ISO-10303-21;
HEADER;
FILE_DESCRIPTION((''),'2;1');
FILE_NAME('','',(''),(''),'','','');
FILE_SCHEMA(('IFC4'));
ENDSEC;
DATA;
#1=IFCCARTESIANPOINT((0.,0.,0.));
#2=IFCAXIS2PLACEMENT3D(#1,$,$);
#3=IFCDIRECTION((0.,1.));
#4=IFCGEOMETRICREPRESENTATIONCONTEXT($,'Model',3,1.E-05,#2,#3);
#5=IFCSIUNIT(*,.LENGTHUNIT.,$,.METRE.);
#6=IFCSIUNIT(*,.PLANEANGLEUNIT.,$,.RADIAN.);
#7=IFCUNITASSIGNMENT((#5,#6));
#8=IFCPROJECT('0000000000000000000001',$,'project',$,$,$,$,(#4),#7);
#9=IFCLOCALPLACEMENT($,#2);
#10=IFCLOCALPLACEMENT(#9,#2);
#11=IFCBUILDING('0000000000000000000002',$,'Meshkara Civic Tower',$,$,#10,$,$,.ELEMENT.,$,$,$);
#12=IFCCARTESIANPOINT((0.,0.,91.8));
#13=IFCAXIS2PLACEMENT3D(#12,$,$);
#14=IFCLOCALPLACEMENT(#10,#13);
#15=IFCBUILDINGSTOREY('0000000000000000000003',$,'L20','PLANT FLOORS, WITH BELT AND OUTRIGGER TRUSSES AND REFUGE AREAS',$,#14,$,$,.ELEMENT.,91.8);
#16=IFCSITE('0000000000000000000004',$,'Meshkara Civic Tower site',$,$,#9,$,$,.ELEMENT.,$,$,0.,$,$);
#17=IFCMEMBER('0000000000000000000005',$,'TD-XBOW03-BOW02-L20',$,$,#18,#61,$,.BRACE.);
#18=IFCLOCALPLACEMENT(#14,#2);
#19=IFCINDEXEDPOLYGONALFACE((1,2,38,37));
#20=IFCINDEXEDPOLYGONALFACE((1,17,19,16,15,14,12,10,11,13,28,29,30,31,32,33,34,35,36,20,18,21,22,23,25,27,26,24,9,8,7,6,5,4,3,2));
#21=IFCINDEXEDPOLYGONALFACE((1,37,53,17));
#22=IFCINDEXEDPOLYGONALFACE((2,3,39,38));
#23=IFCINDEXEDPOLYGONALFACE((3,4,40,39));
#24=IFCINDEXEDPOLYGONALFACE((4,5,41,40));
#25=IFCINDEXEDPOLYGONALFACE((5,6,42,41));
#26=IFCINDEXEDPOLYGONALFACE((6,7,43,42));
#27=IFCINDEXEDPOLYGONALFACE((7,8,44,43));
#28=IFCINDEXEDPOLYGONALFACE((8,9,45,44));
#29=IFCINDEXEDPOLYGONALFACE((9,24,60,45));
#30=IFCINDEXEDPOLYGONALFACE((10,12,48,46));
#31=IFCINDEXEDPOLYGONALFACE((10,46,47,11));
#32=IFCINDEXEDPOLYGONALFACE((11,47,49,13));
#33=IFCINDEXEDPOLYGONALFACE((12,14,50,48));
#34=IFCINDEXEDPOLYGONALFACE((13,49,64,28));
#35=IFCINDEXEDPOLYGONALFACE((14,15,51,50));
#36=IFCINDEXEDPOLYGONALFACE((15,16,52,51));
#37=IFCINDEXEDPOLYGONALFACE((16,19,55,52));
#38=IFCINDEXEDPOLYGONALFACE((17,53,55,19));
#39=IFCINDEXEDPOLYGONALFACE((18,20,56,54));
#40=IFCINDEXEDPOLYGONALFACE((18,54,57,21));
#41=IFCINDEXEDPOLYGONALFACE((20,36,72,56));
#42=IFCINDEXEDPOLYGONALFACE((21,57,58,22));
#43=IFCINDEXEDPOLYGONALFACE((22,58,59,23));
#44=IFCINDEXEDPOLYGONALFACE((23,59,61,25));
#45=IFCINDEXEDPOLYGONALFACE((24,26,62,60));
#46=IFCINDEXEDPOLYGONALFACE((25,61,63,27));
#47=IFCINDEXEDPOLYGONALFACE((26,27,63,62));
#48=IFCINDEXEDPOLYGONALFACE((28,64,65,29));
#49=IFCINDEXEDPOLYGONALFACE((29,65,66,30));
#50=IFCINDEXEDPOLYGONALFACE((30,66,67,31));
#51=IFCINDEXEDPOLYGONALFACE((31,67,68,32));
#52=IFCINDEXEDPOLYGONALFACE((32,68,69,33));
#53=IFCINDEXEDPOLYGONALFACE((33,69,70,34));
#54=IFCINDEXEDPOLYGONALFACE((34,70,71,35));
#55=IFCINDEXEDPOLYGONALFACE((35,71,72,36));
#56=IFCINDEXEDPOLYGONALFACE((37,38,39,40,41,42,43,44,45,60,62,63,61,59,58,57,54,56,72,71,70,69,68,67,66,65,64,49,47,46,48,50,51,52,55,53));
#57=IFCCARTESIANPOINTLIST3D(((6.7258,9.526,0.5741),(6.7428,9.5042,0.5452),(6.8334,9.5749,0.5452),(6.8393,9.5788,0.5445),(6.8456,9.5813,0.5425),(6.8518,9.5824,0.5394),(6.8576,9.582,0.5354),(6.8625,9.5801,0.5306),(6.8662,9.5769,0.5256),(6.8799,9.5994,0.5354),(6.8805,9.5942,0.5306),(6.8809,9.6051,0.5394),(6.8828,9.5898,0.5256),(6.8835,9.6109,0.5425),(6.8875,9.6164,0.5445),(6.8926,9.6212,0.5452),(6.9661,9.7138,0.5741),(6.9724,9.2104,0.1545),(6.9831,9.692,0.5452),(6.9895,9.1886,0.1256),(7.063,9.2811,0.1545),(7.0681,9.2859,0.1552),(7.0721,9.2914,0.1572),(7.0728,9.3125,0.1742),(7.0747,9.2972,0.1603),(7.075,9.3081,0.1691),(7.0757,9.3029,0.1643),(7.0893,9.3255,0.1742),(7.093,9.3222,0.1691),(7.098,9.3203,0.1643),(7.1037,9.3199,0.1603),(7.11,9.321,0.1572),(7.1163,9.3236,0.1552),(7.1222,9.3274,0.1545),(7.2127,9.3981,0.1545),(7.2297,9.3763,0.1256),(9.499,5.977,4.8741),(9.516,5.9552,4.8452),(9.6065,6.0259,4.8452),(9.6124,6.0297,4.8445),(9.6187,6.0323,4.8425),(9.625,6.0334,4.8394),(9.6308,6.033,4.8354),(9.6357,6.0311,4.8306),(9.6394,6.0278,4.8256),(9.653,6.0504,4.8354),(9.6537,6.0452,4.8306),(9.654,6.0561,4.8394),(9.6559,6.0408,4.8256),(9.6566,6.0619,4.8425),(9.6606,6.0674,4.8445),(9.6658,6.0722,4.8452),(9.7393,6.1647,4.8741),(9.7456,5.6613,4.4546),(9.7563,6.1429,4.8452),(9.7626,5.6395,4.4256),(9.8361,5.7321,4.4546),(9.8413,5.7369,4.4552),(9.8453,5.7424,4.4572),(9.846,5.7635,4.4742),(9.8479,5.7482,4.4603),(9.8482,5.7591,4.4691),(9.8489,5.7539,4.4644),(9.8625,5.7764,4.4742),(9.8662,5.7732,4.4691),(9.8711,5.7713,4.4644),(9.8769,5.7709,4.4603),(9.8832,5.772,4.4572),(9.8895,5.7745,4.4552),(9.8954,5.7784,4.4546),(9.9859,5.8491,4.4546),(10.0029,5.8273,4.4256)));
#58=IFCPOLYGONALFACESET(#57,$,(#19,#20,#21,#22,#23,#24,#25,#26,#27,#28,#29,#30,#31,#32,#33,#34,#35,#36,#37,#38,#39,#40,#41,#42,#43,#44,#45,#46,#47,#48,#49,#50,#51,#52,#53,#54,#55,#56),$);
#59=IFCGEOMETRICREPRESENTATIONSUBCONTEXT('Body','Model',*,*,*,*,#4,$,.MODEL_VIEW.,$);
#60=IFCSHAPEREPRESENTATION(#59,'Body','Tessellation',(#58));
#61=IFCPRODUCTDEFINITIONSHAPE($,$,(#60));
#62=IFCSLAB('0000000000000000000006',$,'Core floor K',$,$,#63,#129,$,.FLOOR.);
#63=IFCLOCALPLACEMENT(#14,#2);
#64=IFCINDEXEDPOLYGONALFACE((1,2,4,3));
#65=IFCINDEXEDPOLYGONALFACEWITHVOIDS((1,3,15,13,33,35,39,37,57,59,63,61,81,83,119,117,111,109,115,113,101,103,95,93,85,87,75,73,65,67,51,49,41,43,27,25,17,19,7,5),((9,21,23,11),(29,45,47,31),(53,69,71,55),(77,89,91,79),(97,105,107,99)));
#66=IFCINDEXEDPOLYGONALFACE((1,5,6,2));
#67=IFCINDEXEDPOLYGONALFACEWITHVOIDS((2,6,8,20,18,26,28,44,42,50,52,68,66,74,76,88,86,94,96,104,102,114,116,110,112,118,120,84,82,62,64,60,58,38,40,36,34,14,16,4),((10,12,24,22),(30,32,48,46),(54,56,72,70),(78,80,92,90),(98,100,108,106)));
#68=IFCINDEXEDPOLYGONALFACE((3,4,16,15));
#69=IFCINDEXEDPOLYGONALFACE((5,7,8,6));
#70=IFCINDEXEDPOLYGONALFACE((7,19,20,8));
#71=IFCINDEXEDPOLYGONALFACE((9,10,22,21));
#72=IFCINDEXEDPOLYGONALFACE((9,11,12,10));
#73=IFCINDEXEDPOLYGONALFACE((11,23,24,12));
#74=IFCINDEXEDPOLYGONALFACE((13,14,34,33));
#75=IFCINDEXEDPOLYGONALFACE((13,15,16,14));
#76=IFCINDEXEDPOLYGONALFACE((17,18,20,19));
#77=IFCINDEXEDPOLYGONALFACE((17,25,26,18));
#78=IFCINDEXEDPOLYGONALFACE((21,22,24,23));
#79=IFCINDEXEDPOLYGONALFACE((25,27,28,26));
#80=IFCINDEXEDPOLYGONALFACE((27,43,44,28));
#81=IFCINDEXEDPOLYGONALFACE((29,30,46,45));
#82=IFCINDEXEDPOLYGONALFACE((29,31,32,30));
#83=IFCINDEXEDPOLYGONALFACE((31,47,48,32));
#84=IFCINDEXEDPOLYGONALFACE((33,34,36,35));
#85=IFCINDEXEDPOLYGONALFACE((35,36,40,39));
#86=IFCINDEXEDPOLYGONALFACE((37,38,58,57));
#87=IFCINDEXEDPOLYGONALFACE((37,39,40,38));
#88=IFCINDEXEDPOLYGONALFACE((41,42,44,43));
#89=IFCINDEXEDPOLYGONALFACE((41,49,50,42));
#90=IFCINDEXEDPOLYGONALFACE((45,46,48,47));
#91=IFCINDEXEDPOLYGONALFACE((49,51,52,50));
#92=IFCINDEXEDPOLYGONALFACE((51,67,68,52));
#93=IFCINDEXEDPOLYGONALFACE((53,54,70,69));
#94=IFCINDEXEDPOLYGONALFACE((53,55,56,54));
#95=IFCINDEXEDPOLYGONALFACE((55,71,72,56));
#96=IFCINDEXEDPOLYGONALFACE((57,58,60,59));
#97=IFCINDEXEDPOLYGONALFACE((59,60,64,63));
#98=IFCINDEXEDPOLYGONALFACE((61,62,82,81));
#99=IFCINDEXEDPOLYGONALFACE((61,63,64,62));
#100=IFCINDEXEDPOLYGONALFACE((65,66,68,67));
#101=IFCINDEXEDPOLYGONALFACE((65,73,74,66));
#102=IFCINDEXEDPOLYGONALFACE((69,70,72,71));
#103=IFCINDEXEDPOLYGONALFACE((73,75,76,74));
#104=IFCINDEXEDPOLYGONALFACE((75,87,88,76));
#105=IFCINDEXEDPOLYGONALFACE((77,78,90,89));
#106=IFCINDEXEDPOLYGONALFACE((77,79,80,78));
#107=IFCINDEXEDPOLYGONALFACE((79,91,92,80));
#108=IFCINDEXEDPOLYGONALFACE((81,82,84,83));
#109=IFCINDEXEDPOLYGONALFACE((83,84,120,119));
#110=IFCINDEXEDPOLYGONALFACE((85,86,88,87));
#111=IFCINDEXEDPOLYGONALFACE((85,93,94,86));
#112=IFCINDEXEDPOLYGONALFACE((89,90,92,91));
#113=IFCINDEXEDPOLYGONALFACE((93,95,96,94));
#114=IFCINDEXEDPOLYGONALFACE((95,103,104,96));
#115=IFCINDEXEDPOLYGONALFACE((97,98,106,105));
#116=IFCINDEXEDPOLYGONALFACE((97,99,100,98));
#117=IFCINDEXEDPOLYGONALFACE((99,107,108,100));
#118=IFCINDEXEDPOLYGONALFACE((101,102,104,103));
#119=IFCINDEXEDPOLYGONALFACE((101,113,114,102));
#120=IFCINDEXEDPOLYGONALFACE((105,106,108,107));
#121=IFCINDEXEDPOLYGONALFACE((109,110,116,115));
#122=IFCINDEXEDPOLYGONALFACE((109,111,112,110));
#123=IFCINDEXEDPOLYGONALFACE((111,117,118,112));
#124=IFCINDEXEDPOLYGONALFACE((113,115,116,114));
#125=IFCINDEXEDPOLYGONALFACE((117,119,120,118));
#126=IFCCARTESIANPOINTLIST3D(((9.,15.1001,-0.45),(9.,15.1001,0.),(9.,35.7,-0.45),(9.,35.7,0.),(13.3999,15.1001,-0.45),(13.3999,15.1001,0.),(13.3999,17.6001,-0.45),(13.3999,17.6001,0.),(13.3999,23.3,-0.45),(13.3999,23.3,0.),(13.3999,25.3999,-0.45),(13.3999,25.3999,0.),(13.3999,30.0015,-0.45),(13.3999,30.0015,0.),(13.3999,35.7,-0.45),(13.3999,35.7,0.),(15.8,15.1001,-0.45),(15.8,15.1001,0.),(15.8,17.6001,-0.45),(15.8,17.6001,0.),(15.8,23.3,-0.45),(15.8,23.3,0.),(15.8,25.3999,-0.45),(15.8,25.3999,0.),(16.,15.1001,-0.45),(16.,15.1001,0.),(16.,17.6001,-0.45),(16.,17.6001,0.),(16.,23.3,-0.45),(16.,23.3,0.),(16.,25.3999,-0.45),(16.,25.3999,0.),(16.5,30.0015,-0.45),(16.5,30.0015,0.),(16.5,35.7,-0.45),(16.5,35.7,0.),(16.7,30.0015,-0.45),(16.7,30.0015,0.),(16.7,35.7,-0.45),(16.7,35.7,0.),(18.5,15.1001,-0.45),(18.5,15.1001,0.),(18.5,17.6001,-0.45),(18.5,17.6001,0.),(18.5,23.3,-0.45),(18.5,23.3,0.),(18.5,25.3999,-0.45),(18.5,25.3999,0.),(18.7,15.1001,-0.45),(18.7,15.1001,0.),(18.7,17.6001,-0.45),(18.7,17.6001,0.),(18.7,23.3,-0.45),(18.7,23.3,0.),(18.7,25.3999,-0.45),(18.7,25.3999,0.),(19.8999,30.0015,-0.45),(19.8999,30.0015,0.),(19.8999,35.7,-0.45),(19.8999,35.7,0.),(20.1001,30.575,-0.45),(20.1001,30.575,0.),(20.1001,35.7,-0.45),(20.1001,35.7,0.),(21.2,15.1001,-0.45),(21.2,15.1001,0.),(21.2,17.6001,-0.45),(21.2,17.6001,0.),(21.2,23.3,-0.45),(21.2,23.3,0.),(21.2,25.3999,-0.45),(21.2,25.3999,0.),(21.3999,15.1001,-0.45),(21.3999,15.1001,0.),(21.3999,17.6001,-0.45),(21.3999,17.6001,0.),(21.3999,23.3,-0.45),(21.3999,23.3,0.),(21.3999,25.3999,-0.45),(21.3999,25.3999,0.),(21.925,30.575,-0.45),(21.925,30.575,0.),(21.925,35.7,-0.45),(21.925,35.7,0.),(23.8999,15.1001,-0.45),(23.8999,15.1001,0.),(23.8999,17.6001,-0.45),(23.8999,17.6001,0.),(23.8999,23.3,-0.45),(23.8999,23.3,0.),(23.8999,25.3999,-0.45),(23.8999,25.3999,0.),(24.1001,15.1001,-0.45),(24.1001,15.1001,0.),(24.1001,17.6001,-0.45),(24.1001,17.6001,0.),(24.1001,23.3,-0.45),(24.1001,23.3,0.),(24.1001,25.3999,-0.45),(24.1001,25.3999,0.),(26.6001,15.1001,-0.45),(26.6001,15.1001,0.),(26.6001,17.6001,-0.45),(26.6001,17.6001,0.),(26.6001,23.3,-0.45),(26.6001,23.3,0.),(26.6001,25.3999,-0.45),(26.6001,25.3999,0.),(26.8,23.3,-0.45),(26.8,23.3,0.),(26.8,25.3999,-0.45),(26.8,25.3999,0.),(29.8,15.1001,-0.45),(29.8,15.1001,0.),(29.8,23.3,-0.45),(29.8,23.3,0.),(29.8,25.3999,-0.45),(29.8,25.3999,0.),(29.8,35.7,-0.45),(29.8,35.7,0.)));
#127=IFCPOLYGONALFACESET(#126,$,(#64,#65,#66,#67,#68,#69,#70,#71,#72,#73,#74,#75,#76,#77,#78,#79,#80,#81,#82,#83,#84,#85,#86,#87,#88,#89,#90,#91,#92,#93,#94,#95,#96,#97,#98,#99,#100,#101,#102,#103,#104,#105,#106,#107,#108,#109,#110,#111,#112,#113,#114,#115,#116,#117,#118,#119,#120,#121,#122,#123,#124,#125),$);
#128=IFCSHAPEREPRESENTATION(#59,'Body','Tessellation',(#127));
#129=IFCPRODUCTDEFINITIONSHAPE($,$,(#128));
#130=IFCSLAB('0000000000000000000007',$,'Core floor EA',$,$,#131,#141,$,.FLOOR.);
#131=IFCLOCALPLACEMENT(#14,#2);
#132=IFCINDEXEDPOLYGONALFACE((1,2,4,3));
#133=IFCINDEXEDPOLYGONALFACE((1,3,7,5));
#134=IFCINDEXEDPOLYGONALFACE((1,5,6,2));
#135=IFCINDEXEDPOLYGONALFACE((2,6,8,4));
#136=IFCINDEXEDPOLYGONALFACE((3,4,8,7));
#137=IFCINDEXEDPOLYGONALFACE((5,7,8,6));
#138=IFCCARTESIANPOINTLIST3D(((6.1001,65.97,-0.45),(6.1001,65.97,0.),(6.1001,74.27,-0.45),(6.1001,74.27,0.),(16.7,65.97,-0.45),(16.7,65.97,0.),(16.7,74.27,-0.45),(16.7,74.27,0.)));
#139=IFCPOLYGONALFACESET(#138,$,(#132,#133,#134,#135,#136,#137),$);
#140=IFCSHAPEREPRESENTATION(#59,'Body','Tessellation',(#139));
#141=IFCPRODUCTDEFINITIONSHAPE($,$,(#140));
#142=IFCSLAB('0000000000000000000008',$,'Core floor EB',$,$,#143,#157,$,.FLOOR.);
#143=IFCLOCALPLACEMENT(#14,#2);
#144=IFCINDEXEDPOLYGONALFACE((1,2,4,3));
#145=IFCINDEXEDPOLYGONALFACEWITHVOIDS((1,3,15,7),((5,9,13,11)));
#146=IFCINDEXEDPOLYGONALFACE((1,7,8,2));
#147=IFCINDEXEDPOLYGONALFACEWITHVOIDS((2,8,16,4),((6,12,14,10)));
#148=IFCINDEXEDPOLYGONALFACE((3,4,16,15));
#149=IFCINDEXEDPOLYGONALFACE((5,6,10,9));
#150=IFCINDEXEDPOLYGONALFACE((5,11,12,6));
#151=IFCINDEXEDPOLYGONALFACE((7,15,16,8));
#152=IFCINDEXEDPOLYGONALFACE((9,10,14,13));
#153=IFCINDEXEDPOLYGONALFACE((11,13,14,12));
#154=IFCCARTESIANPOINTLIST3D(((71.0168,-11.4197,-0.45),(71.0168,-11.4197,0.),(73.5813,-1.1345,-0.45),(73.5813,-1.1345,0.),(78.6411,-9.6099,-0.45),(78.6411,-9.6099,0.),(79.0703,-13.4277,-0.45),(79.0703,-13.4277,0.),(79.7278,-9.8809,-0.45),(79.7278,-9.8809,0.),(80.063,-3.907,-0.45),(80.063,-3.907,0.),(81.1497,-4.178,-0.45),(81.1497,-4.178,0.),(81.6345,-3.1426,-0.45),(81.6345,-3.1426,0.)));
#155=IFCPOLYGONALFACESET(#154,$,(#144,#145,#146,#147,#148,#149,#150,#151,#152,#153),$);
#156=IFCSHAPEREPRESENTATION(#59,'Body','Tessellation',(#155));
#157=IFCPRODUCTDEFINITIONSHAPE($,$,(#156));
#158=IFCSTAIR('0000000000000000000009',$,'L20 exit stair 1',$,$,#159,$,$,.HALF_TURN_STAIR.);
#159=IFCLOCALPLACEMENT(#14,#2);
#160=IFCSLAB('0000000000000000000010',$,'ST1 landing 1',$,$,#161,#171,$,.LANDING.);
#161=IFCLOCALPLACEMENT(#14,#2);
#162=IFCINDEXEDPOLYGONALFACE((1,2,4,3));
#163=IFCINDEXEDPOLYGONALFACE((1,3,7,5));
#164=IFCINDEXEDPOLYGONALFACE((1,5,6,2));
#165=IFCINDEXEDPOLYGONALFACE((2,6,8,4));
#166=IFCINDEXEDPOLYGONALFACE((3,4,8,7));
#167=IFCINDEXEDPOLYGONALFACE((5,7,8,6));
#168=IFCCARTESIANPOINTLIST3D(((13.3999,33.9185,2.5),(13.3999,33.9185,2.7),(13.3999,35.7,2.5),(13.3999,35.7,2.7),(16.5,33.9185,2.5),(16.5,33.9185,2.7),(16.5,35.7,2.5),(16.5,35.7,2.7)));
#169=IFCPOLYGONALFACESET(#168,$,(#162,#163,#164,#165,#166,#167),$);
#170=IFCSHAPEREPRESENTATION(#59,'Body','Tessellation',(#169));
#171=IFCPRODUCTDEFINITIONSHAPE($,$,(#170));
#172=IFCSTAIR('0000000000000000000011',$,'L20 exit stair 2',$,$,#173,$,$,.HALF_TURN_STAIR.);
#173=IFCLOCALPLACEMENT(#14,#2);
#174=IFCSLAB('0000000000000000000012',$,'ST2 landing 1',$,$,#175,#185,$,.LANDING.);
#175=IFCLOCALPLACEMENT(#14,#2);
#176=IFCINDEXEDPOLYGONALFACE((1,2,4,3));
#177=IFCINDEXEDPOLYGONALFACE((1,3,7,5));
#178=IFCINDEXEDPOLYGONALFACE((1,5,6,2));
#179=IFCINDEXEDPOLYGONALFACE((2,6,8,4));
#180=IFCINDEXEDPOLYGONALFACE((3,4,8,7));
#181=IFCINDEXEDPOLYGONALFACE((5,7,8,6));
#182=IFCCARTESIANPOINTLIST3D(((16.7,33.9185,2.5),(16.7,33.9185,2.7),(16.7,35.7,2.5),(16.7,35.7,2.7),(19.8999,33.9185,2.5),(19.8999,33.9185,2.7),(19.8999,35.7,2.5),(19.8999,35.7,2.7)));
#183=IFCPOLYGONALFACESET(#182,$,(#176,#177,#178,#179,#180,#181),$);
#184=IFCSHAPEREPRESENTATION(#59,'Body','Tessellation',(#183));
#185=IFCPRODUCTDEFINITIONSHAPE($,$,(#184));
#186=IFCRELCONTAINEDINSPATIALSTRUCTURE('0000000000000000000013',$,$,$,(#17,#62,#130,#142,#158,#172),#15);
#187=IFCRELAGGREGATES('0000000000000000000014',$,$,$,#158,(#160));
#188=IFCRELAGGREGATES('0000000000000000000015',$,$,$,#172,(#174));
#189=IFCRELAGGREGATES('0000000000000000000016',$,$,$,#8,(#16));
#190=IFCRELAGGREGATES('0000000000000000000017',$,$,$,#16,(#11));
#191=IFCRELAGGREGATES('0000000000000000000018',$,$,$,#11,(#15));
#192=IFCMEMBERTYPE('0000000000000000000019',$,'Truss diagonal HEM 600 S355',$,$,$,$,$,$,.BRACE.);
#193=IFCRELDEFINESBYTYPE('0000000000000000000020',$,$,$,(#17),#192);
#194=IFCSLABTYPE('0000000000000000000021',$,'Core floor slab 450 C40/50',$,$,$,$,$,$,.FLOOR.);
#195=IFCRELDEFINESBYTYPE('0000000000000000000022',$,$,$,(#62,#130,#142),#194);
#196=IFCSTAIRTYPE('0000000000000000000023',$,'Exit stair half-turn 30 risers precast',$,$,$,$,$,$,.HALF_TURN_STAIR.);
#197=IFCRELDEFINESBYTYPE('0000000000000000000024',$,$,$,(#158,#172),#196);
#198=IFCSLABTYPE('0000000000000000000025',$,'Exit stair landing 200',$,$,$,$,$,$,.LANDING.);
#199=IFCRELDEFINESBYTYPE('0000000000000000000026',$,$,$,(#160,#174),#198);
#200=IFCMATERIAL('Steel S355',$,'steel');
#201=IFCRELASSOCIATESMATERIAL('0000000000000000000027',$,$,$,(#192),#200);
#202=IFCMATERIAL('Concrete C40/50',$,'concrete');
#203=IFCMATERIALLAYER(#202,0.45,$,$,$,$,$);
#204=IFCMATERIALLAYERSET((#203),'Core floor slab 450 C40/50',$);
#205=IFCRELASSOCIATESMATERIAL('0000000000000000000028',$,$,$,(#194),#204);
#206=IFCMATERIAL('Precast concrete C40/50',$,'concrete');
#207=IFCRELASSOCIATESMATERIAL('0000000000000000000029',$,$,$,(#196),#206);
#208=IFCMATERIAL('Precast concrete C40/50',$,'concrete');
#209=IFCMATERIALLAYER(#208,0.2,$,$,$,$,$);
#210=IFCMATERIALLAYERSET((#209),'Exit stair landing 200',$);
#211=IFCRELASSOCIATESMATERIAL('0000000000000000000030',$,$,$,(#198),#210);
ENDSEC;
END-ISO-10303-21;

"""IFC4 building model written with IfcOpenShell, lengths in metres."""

from ifc_helpers import new_model, si_unit, direction, frame, origin, origin_2d, place, context, subcontext, project, spatial, polyline, i_section, outline, extrude, material, layer, layer_set, material_profile, profile_set, type_object, element, aggregate, save


model = new_model("IFC4")

# Units and contexts
model_context = context("Model", 3, precision=1e-05, world=origin(), true_north=direction((0.0, 1.0)))
body_context = subcontext(model_context, "Body", "Model", "MODEL_VIEW")
ifc_project = project(units=[si_unit("LENGTHUNIT", "METRE"), si_unit("PLANEANGLEUNIT", "RADIAN")], contexts=[model_context])

# Site, building, storey
site_placement = place(None, origin())
site = spatial("IfcSite", under=ifc_project, at=site_placement, Name="Meshkara Civic Tower site", CompositionType="ELEMENT", RefElevation=0.0)
building_placement = place(site_placement, origin())
building = spatial("IfcBuilding", under=site, at=building_placement, Name="Meshkara Civic Tower", CompositionType="ELEMENT")
storey_placement = place(building_placement, frame((0.0, 0.0, 91.8)))
storey = spatial("IfcBuildingStorey", under=building, at=storey_placement, Name="L20", Description="PLANT FLOORS, WITH BELT AND OUTRIGGER TRUSSES AND REFUGE AREAS", CompositionType="ELEMENT", Elevation=91.8)

# Member
ifc_material_1 = material(Name="Steel S355", Category="steel")
ifc_material_profile_1 = material_profile(ifc_material_1, i_section(OverallWidth=0.3049, OverallDepth=0.6201, WebThickness=0.021, FlangeThickness=0.04, FilletRadius=0.0271, at=origin_2d()))
ifc_profile_set_1 = profile_set([ifc_material_profile_1], Name="Steel S355")
member_type = type_object("IfcMemberType", Name="Truss diagonal HEM 600 S355", PredefinedType="BRACE", material=ifc_profile_set_1)
member_1_placement = place(storey_placement, frame((6.9778, 9.4512, 0.3499), z_axis=(0.445342, -0.569939, 0.690537), x_axis=(0.787973, 0.61571, 0.0)))
element("IfcMember", 1, at=member_1_placement, inside=storey, type_object=member_type, Name="TD-XBOW03-BOW02-L20", PredefinedType="BRACE", context=body_context, shape_type="SweptSolid", body=[
    extrude(i_section(OverallWidth=0.3049, OverallDepth=0.6201, WebThickness=0.021, FlangeThickness=0.04, FilletRadius=0.0271, at=origin_2d()), origin(), (0.0, 0.0, 1.0), 6.2271),
])

# Slabs
ifc_material_2 = material(Name="Concrete C40/50", Category="concrete")
ifc_layer_1 = layer(ifc_material_2, 0.45)
ifc_layer_set_1 = layer_set([ifc_layer_1], Name="Core floor slab 450 C40/50")
slab_type_1 = type_object("IfcSlabType", Name="Core floor slab 450 C40/50", PredefinedType="FLOOR", material=ifc_layer_set_1)
slab_1_placement = place(storey_placement, frame((0.0, 0.0, -0.45)))
element("IfcSlab", 2, at=slab_1_placement, inside=storey, type_object=slab_type_1, Name="Core floor K", PredefinedType="FLOOR", context=body_context, shape_type="SweptSolid", body=[
    extrude(outline(polyline([(9.0, 35.7), (13.3999, 35.7), (13.3999, 30.0015), (16.5, 30.0015), (16.5, 35.7), (16.7, 35.7), (16.7, 30.0015), (19.8999, 30.0015), (19.8999, 35.7), (20.1001, 35.7), (20.1001, 30.575), (21.925, 30.575), (21.925, 35.7), (29.8, 35.7), (29.8, 25.3999), (26.8, 25.3999), (26.8, 23.3), (29.8, 23.3), (29.8, 15.1001), (26.6001, 15.1001), (26.6001, 17.6001), (24.1001, 17.6001), (24.1001, 15.1001), (23.8999, 15.1001), (23.8999, 17.6001), (21.3999, 17.6001), (21.3999, 15.1001), (21.2, 15.1001), (21.2, 17.6001), (18.7, 17.6001), (18.7, 15.1001), (18.5, 15.1001), (18.5, 17.6001), (16.0, 17.6001), (16.0, 15.1001), (15.8, 15.1001), (15.8, 17.6001), (13.3999, 17.6001), (13.3999, 15.1001), (9.0, 15.1001), (9.0, 35.7)]), holes=[polyline([(13.3999, 25.3999), (13.3999, 23.3), (15.8, 23.3), (15.8, 25.3999), (13.3999, 25.3999)]), polyline([(18.5, 23.3), (18.5, 25.3999), (16.0, 25.3999), (16.0, 23.3), (18.5, 23.3)]), polyline([(18.7, 25.3999), (18.7, 23.3), (21.2, 23.3), (21.2, 25.3999), (18.7, 25.3999)]), polyline([(23.8999, 23.3), (23.8999, 25.3999), (21.3999, 25.3999), (21.3999, 23.3), (23.8999, 23.3)]), polyline([(26.6001, 23.3), (26.6001, 25.3999), (24.1001, 25.3999), (24.1001, 23.3), (26.6001, 23.3)])]), origin(), (0.0, 0.0, 1.0), 0.45),
])
slab_2_placement = place(storey_placement, frame((0.0, 0.0, -0.45)))
element("IfcSlab", 3, at=slab_2_placement, inside=storey, type_object=slab_type_1, Name="Core floor EA", PredefinedType="FLOOR", context=body_context, shape_type="SweptSolid", body=[
    extrude(outline(polyline([(6.1001, 65.97), (16.7, 65.97), (16.7, 74.27), (6.1001, 74.27), (6.1001, 65.97)])), origin(), (0.0, 0.0, 1.0), 0.45),
])
slab_3_placement = place(storey_placement, frame((0.0, 0.0, -0.45)))
element("IfcSlab", 4, at=slab_3_placement, inside=storey, type_object=slab_type_1, Name="Core floor EB", PredefinedType="FLOOR", context=body_context, shape_type="SweptSolid", body=[
    extrude(outline(polyline([(73.5813, -1.1345), (81.6345, -3.1426), (79.0703, -13.4277), (71.0168, -11.4197), (73.5813, -1.1345)]), holes=[polyline([(78.6411, -9.6099), (79.7278, -9.8809), (81.1497, -4.178), (80.063, -3.907), (78.6411, -9.6099)])]), origin(), (0.0, 0.0, 1.0), 0.45),
])

# Stairs, slabs
ifc_material_3 = material(Name="Precast concrete C40/50", Category="concrete")
stair_type_1 = type_object("IfcStairType", Name="Exit stair half-turn 30 risers precast", PredefinedType="HALF_TURN_STAIR", material=ifc_material_3)
stair_1_placement = place(storey_placement, origin())
stair_1 = element("IfcStair", 5, at=stair_1_placement, inside=storey, type_object=stair_type_1, Name="L20 exit stair 1", PredefinedType="HALF_TURN_STAIR")
ifc_material_4 = material(Name="Precast concrete C40/50", Category="concrete")
ifc_layer_2 = layer(ifc_material_4, 0.2)
ifc_layer_set_2 = layer_set([ifc_layer_2], Name="Exit stair landing 200")
slab_type_2 = type_object("IfcSlabType", Name="Exit stair landing 200", PredefinedType="LANDING", material=ifc_layer_set_2)
slab_4_placement = place(storey_placement, frame((0.0, 0.0, 2.5)))
slab_4 = element("IfcSlab", 6, at=slab_4_placement, type_object=slab_type_2, Name="ST1 landing 1", PredefinedType="LANDING", context=body_context, shape_type="SweptSolid", body=[
    extrude(outline(polyline([(16.5, 33.9185), (16.5, 35.7), (13.3999, 35.7), (13.3999, 33.9185), (16.5, 33.9185)])), origin(), (0.0, 0.0, 1.0), 0.2),
])
aggregate(stair_1, [slab_4])
stair_2_placement = place(storey_placement, origin())
stair_2 = element("IfcStair", 7, at=stair_2_placement, inside=storey, type_object=stair_type_1, Name="L20 exit stair 2", PredefinedType="HALF_TURN_STAIR")
slab_5_placement = place(storey_placement, frame((0.0, 0.0, 2.5)))
slab_5 = element("IfcSlab", 8, at=slab_5_placement, type_object=slab_type_2, Name="ST2 landing 1", PredefinedType="LANDING", context=body_context, shape_type="SweptSolid", body=[
    extrude(outline(polyline([(19.8999, 33.9185), (19.8999, 35.7), (16.7, 35.7), (16.7, 33.9185), (19.8999, 33.9185)])), origin(), (0.0, 0.0, 1.0), 0.2),
])
aggregate(stair_2, [slab_5])

save(model, "model.ifc")
